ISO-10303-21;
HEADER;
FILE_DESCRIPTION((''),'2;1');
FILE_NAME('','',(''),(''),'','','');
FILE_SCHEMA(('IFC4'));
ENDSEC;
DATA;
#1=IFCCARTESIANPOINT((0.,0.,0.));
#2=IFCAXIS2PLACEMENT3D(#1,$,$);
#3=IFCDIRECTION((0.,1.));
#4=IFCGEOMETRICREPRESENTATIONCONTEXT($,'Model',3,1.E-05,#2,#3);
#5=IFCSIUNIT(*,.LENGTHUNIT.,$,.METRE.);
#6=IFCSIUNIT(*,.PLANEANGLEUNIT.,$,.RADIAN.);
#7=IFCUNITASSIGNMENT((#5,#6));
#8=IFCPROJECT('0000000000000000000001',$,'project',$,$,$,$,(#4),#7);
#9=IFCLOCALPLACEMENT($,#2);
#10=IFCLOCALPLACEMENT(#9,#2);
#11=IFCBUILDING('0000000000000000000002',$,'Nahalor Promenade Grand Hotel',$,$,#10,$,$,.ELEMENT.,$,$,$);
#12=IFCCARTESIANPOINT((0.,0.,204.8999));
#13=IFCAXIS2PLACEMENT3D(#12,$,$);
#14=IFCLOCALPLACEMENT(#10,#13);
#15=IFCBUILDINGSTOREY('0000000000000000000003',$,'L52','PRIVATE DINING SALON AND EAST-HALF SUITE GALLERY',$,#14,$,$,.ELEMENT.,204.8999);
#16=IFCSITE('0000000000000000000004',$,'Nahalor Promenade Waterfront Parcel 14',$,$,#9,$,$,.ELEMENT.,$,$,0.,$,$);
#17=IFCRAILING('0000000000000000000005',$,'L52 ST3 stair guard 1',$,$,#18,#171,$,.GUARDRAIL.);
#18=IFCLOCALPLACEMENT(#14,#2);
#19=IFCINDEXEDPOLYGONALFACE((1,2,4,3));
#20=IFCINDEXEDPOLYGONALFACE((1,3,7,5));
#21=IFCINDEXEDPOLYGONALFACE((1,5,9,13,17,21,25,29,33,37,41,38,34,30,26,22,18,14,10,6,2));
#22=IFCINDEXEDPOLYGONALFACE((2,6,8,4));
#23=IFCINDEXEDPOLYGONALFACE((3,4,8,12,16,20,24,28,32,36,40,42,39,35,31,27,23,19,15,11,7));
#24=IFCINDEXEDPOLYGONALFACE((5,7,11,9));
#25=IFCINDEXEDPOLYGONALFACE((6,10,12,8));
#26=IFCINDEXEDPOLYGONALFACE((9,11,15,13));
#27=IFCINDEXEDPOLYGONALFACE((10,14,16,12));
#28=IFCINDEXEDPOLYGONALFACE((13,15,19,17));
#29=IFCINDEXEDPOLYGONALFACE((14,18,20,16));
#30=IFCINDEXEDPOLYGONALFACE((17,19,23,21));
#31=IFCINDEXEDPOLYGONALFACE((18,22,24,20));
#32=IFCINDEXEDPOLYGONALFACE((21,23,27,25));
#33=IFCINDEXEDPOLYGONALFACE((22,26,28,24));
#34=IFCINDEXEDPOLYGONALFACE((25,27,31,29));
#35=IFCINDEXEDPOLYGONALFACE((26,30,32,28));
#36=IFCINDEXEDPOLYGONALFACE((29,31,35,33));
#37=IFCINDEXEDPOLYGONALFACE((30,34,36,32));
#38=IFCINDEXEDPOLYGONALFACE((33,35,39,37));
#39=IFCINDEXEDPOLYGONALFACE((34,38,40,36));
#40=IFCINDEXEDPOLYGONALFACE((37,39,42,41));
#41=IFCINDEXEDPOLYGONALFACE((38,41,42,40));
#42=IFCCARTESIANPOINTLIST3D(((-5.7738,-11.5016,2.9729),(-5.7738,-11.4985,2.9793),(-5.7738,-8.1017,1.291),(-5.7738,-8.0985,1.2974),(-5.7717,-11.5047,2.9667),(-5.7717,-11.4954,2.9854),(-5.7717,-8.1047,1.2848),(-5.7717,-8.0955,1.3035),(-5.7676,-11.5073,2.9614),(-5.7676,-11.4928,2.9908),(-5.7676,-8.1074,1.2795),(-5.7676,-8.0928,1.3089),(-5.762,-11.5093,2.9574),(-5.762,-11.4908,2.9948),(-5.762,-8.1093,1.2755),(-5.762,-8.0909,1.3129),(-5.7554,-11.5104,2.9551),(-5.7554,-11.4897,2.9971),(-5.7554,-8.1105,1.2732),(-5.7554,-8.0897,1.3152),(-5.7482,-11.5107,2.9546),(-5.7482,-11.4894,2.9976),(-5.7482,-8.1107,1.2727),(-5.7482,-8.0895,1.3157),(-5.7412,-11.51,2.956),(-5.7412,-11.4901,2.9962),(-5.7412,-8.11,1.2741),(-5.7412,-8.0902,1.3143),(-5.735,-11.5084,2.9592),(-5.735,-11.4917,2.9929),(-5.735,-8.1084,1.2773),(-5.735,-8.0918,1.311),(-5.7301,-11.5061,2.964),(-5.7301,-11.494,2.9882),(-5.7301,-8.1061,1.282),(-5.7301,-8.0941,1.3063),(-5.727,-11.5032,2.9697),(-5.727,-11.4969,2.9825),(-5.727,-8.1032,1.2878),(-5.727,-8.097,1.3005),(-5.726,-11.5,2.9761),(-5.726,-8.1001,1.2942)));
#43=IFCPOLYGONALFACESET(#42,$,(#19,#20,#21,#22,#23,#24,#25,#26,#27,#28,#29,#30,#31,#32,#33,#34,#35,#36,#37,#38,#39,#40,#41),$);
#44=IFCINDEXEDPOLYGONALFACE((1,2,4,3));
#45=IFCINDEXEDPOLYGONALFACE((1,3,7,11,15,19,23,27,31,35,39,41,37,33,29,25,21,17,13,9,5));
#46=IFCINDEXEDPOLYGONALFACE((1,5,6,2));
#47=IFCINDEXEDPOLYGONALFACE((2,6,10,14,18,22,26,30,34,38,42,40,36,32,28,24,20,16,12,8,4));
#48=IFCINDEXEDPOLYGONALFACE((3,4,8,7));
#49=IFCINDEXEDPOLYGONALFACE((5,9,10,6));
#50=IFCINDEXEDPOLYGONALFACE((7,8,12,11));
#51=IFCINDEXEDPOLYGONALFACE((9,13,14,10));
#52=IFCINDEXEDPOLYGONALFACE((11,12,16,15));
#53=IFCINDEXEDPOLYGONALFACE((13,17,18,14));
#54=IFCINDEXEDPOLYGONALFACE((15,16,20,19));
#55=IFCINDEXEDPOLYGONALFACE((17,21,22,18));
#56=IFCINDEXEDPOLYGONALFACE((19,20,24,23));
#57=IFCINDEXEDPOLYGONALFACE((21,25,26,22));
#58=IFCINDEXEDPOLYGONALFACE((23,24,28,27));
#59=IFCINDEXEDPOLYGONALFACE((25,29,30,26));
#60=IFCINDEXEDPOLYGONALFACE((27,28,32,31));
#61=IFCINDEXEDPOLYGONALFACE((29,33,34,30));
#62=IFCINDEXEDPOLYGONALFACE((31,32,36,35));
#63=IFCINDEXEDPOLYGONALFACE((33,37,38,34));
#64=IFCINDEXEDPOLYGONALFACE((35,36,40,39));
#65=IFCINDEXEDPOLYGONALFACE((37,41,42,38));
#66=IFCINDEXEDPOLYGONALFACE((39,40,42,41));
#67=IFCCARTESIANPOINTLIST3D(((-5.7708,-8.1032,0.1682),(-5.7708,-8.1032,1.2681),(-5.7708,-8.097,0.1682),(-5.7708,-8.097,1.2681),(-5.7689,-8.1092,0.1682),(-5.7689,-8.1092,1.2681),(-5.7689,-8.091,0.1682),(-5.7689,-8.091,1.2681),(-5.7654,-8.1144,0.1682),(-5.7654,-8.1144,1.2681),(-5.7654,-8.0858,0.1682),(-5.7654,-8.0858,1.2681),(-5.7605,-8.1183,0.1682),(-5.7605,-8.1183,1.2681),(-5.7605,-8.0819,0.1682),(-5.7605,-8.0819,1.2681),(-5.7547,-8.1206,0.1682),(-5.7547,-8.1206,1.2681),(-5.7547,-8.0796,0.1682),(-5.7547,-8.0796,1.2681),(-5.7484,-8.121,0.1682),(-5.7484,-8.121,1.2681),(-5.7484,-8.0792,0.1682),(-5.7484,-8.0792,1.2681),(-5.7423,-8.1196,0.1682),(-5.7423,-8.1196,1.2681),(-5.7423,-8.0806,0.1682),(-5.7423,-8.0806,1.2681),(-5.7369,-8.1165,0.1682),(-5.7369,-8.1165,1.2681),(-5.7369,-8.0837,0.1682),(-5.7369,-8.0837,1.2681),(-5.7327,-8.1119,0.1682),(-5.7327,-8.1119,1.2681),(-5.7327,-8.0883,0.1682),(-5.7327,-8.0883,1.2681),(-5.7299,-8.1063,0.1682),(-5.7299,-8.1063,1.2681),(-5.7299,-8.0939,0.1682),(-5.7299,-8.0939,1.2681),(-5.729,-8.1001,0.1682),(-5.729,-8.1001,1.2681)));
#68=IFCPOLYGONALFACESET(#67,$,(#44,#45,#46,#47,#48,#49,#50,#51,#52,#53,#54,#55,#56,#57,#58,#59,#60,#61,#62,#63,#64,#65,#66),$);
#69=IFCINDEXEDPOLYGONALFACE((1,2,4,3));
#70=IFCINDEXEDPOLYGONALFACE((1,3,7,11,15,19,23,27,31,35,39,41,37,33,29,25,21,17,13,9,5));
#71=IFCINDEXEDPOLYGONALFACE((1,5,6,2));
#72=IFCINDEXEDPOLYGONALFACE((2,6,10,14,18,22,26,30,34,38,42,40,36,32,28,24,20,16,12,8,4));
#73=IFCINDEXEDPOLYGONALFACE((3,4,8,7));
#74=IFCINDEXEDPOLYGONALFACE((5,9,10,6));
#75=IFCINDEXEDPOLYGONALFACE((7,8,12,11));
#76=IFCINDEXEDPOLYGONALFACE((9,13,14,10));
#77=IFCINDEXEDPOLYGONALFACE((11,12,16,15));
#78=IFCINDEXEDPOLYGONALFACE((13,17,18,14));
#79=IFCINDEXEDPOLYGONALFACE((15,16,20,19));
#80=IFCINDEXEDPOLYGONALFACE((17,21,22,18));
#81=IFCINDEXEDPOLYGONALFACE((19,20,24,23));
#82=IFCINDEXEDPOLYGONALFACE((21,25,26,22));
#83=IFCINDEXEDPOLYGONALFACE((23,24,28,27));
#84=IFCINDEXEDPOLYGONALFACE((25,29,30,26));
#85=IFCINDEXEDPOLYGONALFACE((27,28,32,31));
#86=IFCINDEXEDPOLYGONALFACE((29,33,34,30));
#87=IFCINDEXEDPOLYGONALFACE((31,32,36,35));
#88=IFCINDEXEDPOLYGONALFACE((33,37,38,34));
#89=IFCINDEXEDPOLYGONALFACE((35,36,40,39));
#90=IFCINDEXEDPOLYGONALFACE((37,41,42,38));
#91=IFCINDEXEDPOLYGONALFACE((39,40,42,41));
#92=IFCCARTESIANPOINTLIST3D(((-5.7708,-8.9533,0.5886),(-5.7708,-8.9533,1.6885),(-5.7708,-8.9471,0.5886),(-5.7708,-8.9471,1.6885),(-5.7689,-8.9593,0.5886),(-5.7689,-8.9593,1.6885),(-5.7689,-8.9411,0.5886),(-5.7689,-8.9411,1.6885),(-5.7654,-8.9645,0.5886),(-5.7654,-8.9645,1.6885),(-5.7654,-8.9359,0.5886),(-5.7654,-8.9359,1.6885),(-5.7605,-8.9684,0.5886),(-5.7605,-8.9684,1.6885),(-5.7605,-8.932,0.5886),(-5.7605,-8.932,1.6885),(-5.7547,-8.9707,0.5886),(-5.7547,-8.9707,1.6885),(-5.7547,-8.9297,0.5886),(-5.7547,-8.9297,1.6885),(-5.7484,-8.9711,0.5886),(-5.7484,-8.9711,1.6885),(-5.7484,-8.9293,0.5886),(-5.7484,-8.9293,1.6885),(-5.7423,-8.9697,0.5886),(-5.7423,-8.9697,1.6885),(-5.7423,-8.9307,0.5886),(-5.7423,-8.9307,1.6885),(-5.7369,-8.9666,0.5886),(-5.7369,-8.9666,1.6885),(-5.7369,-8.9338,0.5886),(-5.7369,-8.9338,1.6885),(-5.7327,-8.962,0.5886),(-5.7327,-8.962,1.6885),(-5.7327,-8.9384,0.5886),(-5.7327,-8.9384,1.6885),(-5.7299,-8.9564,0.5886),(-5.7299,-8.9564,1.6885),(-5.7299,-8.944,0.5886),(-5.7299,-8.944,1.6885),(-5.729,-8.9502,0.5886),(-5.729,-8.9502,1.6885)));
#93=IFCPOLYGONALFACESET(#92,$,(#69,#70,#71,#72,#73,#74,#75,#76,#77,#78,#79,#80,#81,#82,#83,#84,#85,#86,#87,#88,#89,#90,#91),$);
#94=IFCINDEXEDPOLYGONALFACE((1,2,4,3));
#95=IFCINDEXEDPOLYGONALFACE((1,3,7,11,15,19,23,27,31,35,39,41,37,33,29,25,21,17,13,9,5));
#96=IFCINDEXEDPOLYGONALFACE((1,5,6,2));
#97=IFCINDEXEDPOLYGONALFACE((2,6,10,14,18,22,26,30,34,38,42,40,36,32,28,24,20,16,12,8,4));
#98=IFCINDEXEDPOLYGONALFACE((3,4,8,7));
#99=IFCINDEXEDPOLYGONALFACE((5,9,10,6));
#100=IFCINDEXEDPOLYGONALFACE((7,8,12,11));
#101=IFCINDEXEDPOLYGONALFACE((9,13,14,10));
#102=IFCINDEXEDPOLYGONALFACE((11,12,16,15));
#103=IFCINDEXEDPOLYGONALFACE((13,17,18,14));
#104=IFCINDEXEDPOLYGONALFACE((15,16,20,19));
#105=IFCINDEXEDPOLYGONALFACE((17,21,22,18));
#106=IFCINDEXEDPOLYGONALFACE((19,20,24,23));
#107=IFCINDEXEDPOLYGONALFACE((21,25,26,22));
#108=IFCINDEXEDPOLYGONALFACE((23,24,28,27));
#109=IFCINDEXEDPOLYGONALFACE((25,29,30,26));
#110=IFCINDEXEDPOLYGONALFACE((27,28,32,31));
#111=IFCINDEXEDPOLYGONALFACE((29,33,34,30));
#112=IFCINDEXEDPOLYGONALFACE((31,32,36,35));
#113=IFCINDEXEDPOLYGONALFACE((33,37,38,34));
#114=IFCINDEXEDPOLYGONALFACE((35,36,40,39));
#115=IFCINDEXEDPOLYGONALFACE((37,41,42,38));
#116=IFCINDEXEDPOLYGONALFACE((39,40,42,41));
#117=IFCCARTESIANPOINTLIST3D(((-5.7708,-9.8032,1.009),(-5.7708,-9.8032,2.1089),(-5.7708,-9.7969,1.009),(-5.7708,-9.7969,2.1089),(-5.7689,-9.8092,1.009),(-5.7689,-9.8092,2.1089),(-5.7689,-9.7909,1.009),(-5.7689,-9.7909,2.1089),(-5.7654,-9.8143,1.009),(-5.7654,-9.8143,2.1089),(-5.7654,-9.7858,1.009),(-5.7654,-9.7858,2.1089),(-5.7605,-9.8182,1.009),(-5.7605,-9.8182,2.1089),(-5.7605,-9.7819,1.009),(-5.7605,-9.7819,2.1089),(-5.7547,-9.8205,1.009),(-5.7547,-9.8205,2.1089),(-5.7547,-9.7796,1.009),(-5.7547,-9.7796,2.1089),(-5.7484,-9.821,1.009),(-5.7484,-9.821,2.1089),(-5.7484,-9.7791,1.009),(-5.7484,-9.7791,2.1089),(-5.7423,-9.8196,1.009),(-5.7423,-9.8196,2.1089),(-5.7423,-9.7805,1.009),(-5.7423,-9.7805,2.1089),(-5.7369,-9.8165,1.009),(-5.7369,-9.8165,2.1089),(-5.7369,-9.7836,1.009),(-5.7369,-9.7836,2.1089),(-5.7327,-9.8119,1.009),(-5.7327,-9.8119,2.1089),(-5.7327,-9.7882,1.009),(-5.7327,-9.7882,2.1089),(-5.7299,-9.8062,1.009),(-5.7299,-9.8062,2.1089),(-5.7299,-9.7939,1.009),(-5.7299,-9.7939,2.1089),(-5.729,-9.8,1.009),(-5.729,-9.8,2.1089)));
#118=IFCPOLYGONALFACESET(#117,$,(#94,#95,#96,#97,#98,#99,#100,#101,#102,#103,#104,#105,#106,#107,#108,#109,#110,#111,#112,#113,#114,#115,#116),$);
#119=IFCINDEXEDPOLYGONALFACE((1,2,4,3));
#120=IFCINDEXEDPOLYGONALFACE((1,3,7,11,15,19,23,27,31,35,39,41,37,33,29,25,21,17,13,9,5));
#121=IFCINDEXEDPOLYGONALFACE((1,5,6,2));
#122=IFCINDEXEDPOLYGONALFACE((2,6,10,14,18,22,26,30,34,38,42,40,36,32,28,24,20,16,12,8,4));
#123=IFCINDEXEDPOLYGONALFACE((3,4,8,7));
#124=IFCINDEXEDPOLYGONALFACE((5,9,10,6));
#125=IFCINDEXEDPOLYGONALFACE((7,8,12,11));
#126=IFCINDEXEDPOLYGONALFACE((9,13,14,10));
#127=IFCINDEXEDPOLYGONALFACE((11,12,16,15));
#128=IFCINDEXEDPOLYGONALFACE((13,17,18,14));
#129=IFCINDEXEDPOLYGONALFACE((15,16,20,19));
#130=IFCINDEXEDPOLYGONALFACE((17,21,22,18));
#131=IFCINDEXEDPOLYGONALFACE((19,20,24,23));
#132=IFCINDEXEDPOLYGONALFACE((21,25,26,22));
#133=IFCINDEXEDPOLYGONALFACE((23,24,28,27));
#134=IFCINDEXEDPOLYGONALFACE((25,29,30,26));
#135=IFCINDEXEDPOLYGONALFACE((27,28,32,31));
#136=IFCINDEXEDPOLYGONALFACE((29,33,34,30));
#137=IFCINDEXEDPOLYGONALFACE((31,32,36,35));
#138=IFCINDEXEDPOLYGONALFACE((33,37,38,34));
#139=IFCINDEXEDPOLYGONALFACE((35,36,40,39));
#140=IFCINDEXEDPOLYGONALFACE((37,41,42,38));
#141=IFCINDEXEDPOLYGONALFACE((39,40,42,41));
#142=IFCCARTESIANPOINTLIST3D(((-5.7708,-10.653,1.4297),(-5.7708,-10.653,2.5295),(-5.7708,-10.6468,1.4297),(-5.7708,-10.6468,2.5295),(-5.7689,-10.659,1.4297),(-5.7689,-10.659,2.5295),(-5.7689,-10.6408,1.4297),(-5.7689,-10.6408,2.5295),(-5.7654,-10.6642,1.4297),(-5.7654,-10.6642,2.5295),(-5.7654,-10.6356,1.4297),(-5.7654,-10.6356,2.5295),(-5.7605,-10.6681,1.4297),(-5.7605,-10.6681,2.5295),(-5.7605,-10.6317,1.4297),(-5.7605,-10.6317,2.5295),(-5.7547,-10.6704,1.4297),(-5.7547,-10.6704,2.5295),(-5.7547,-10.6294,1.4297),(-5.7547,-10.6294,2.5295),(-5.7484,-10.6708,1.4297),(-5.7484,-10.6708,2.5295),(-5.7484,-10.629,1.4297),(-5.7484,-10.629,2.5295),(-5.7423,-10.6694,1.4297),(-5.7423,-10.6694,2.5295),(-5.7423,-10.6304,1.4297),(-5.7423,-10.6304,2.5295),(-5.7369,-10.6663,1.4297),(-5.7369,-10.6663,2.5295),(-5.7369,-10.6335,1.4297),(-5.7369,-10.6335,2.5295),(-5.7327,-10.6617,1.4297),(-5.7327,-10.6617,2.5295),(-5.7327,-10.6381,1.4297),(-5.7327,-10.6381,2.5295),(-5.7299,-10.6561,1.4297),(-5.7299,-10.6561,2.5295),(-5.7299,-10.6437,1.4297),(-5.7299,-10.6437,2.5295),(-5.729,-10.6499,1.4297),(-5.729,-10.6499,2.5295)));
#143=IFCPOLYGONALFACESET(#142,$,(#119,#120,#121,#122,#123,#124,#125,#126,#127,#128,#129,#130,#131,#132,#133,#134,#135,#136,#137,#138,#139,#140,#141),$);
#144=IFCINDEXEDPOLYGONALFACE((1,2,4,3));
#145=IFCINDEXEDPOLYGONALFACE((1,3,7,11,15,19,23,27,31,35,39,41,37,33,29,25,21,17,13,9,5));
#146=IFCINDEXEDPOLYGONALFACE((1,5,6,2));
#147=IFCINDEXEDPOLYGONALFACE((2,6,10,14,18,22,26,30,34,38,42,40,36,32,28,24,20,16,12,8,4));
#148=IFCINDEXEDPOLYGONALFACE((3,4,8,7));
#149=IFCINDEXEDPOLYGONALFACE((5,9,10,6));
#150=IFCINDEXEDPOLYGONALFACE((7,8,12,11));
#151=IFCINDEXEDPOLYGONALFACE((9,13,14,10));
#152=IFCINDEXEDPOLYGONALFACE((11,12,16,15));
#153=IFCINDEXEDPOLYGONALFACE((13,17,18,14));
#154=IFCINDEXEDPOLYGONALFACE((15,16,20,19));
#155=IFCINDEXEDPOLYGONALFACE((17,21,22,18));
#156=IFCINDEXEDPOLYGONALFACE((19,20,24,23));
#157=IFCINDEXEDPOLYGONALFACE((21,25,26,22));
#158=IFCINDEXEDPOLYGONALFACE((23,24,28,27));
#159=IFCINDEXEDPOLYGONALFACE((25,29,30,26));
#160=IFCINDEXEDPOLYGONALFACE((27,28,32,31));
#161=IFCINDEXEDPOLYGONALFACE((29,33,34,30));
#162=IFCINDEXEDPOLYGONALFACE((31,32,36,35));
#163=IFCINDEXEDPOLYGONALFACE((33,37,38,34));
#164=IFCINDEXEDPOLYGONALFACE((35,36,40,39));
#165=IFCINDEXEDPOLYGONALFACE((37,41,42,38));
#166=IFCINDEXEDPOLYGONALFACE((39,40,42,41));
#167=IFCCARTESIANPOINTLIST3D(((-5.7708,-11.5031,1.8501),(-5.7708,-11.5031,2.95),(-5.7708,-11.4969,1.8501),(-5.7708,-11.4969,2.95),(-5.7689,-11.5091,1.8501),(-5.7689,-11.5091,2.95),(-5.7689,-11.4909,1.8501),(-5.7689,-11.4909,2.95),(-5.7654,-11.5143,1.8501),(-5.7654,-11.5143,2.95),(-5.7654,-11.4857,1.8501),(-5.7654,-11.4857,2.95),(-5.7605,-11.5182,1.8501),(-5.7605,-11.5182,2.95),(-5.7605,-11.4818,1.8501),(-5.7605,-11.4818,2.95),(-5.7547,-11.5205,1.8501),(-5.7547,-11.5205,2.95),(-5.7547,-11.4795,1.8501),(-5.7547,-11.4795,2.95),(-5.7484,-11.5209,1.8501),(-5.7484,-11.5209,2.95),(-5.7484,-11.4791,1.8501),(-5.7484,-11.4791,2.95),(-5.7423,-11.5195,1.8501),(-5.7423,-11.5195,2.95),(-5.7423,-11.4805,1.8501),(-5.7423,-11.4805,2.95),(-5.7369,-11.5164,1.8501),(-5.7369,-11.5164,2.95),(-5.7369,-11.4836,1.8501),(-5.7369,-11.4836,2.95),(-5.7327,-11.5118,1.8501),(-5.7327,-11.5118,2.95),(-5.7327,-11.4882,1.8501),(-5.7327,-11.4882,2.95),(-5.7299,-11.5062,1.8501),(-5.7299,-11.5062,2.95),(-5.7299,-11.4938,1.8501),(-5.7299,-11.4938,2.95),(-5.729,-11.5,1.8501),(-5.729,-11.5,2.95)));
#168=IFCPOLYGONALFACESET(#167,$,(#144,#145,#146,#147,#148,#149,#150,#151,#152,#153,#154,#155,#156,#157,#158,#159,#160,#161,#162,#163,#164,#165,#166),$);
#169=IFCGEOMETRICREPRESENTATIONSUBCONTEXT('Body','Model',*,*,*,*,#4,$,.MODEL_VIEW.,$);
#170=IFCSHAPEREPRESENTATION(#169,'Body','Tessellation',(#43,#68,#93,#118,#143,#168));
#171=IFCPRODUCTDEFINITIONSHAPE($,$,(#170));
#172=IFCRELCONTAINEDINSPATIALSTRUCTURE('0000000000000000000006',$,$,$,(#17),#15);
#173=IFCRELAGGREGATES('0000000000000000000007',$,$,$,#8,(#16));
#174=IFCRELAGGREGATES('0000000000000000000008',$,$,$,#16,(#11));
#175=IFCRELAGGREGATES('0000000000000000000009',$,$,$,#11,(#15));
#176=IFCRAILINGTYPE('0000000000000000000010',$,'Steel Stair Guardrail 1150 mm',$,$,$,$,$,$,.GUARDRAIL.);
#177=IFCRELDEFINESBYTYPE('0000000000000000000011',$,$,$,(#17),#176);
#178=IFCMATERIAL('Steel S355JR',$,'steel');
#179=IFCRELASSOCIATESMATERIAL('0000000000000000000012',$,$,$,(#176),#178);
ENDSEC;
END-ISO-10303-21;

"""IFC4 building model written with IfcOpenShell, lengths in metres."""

from ifc_helpers import new_model, si_unit, direction, frame, origin, origin_2d, place, context, subcontext, project, spatial, circle, extrude, material, type_object, element, save


model = new_model("IFC4")

# Units and contexts
model_context = context("Model", 3, precision=1e-05, world=origin(), true_north=direction((0.0, 1.0)))
body_context = subcontext(model_context, "Body", "Model", "MODEL_VIEW")
ifc_project = project(units=[si_unit("LENGTHUNIT", "METRE"), si_unit("PLANEANGLEUNIT", "RADIAN")], contexts=[model_context])

# Site, building, storey
site_placement = place(None, origin())
site = spatial("IfcSite", under=ifc_project, at=site_placement, Name="Nahalor Promenade Waterfront Parcel 14", CompositionType="ELEMENT", RefElevation=0.0)
building_placement = place(site_placement, origin())
building = spatial("IfcBuilding", under=site, at=building_placement, Name="Nahalor Promenade Grand Hotel", CompositionType="ELEMENT")
storey_placement = place(building_placement, frame((0.0, 0.0, 204.8999)))
storey = spatial("IfcBuildingStorey", under=building, at=storey_placement, Name="L52", Description="PRIVATE DINING SALON AND EAST-HALF SUITE GALLERY", CompositionType="ELEMENT", Elevation=204.8999)

# Shared definitions
ifc_material_1 = material(Name="Steel S355JR", Category="steel")

# Railing
railing_type_1 = type_object("IfcRailingType", Name="Steel Stair Guardrail 1150 mm", PredefinedType="GUARDRAIL", material=ifc_material_1)
railing_1_placement = place(storey_placement, frame((-5.75, -8.1001, 0.1682)))
element("IfcRailing", 1, at=railing_1_placement, inside=storey, type_object=railing_type_1, Name="L52 ST3 stair guard 1", PredefinedType="GUARDRAIL", context=body_context, shape_type="SweptSolid", body=[
    extrude(circle(Radius=0.024, at=origin_2d()), frame((0.0, 0.0, 1.126), z_axis=(0.0, -0.896324, 0.443399), x_axis=(1.0, 0.0, 0.0)), (0.0, 0.0, 1.0), 3.7932),
    extrude(circle(Radius=0.021, at=origin_2d()), origin(), (0.0, 0.0, 1.0), 1.0999),
    extrude(circle(Radius=0.021, at=origin_2d()), frame((0.0, -0.8501, 0.4204)), (0.0, 0.0, 1.0), 1.0999),
    extrude(circle(Radius=0.021, at=origin_2d()), frame((0.0, -1.7, 0.8408)), (0.0, 0.0, 1.0), 1.0999),
    extrude(circle(Radius=0.021, at=origin_2d()), frame((0.0, -2.5498, 1.2615)), (0.0, 0.0, 1.0), 1.0999),
    extrude(circle(Radius=0.021, at=origin_2d()), frame((0.0, -3.3999, 1.6819)), (0.0, 0.0, 1.0), 1.0999),
])

save(model, "model.ifc")
